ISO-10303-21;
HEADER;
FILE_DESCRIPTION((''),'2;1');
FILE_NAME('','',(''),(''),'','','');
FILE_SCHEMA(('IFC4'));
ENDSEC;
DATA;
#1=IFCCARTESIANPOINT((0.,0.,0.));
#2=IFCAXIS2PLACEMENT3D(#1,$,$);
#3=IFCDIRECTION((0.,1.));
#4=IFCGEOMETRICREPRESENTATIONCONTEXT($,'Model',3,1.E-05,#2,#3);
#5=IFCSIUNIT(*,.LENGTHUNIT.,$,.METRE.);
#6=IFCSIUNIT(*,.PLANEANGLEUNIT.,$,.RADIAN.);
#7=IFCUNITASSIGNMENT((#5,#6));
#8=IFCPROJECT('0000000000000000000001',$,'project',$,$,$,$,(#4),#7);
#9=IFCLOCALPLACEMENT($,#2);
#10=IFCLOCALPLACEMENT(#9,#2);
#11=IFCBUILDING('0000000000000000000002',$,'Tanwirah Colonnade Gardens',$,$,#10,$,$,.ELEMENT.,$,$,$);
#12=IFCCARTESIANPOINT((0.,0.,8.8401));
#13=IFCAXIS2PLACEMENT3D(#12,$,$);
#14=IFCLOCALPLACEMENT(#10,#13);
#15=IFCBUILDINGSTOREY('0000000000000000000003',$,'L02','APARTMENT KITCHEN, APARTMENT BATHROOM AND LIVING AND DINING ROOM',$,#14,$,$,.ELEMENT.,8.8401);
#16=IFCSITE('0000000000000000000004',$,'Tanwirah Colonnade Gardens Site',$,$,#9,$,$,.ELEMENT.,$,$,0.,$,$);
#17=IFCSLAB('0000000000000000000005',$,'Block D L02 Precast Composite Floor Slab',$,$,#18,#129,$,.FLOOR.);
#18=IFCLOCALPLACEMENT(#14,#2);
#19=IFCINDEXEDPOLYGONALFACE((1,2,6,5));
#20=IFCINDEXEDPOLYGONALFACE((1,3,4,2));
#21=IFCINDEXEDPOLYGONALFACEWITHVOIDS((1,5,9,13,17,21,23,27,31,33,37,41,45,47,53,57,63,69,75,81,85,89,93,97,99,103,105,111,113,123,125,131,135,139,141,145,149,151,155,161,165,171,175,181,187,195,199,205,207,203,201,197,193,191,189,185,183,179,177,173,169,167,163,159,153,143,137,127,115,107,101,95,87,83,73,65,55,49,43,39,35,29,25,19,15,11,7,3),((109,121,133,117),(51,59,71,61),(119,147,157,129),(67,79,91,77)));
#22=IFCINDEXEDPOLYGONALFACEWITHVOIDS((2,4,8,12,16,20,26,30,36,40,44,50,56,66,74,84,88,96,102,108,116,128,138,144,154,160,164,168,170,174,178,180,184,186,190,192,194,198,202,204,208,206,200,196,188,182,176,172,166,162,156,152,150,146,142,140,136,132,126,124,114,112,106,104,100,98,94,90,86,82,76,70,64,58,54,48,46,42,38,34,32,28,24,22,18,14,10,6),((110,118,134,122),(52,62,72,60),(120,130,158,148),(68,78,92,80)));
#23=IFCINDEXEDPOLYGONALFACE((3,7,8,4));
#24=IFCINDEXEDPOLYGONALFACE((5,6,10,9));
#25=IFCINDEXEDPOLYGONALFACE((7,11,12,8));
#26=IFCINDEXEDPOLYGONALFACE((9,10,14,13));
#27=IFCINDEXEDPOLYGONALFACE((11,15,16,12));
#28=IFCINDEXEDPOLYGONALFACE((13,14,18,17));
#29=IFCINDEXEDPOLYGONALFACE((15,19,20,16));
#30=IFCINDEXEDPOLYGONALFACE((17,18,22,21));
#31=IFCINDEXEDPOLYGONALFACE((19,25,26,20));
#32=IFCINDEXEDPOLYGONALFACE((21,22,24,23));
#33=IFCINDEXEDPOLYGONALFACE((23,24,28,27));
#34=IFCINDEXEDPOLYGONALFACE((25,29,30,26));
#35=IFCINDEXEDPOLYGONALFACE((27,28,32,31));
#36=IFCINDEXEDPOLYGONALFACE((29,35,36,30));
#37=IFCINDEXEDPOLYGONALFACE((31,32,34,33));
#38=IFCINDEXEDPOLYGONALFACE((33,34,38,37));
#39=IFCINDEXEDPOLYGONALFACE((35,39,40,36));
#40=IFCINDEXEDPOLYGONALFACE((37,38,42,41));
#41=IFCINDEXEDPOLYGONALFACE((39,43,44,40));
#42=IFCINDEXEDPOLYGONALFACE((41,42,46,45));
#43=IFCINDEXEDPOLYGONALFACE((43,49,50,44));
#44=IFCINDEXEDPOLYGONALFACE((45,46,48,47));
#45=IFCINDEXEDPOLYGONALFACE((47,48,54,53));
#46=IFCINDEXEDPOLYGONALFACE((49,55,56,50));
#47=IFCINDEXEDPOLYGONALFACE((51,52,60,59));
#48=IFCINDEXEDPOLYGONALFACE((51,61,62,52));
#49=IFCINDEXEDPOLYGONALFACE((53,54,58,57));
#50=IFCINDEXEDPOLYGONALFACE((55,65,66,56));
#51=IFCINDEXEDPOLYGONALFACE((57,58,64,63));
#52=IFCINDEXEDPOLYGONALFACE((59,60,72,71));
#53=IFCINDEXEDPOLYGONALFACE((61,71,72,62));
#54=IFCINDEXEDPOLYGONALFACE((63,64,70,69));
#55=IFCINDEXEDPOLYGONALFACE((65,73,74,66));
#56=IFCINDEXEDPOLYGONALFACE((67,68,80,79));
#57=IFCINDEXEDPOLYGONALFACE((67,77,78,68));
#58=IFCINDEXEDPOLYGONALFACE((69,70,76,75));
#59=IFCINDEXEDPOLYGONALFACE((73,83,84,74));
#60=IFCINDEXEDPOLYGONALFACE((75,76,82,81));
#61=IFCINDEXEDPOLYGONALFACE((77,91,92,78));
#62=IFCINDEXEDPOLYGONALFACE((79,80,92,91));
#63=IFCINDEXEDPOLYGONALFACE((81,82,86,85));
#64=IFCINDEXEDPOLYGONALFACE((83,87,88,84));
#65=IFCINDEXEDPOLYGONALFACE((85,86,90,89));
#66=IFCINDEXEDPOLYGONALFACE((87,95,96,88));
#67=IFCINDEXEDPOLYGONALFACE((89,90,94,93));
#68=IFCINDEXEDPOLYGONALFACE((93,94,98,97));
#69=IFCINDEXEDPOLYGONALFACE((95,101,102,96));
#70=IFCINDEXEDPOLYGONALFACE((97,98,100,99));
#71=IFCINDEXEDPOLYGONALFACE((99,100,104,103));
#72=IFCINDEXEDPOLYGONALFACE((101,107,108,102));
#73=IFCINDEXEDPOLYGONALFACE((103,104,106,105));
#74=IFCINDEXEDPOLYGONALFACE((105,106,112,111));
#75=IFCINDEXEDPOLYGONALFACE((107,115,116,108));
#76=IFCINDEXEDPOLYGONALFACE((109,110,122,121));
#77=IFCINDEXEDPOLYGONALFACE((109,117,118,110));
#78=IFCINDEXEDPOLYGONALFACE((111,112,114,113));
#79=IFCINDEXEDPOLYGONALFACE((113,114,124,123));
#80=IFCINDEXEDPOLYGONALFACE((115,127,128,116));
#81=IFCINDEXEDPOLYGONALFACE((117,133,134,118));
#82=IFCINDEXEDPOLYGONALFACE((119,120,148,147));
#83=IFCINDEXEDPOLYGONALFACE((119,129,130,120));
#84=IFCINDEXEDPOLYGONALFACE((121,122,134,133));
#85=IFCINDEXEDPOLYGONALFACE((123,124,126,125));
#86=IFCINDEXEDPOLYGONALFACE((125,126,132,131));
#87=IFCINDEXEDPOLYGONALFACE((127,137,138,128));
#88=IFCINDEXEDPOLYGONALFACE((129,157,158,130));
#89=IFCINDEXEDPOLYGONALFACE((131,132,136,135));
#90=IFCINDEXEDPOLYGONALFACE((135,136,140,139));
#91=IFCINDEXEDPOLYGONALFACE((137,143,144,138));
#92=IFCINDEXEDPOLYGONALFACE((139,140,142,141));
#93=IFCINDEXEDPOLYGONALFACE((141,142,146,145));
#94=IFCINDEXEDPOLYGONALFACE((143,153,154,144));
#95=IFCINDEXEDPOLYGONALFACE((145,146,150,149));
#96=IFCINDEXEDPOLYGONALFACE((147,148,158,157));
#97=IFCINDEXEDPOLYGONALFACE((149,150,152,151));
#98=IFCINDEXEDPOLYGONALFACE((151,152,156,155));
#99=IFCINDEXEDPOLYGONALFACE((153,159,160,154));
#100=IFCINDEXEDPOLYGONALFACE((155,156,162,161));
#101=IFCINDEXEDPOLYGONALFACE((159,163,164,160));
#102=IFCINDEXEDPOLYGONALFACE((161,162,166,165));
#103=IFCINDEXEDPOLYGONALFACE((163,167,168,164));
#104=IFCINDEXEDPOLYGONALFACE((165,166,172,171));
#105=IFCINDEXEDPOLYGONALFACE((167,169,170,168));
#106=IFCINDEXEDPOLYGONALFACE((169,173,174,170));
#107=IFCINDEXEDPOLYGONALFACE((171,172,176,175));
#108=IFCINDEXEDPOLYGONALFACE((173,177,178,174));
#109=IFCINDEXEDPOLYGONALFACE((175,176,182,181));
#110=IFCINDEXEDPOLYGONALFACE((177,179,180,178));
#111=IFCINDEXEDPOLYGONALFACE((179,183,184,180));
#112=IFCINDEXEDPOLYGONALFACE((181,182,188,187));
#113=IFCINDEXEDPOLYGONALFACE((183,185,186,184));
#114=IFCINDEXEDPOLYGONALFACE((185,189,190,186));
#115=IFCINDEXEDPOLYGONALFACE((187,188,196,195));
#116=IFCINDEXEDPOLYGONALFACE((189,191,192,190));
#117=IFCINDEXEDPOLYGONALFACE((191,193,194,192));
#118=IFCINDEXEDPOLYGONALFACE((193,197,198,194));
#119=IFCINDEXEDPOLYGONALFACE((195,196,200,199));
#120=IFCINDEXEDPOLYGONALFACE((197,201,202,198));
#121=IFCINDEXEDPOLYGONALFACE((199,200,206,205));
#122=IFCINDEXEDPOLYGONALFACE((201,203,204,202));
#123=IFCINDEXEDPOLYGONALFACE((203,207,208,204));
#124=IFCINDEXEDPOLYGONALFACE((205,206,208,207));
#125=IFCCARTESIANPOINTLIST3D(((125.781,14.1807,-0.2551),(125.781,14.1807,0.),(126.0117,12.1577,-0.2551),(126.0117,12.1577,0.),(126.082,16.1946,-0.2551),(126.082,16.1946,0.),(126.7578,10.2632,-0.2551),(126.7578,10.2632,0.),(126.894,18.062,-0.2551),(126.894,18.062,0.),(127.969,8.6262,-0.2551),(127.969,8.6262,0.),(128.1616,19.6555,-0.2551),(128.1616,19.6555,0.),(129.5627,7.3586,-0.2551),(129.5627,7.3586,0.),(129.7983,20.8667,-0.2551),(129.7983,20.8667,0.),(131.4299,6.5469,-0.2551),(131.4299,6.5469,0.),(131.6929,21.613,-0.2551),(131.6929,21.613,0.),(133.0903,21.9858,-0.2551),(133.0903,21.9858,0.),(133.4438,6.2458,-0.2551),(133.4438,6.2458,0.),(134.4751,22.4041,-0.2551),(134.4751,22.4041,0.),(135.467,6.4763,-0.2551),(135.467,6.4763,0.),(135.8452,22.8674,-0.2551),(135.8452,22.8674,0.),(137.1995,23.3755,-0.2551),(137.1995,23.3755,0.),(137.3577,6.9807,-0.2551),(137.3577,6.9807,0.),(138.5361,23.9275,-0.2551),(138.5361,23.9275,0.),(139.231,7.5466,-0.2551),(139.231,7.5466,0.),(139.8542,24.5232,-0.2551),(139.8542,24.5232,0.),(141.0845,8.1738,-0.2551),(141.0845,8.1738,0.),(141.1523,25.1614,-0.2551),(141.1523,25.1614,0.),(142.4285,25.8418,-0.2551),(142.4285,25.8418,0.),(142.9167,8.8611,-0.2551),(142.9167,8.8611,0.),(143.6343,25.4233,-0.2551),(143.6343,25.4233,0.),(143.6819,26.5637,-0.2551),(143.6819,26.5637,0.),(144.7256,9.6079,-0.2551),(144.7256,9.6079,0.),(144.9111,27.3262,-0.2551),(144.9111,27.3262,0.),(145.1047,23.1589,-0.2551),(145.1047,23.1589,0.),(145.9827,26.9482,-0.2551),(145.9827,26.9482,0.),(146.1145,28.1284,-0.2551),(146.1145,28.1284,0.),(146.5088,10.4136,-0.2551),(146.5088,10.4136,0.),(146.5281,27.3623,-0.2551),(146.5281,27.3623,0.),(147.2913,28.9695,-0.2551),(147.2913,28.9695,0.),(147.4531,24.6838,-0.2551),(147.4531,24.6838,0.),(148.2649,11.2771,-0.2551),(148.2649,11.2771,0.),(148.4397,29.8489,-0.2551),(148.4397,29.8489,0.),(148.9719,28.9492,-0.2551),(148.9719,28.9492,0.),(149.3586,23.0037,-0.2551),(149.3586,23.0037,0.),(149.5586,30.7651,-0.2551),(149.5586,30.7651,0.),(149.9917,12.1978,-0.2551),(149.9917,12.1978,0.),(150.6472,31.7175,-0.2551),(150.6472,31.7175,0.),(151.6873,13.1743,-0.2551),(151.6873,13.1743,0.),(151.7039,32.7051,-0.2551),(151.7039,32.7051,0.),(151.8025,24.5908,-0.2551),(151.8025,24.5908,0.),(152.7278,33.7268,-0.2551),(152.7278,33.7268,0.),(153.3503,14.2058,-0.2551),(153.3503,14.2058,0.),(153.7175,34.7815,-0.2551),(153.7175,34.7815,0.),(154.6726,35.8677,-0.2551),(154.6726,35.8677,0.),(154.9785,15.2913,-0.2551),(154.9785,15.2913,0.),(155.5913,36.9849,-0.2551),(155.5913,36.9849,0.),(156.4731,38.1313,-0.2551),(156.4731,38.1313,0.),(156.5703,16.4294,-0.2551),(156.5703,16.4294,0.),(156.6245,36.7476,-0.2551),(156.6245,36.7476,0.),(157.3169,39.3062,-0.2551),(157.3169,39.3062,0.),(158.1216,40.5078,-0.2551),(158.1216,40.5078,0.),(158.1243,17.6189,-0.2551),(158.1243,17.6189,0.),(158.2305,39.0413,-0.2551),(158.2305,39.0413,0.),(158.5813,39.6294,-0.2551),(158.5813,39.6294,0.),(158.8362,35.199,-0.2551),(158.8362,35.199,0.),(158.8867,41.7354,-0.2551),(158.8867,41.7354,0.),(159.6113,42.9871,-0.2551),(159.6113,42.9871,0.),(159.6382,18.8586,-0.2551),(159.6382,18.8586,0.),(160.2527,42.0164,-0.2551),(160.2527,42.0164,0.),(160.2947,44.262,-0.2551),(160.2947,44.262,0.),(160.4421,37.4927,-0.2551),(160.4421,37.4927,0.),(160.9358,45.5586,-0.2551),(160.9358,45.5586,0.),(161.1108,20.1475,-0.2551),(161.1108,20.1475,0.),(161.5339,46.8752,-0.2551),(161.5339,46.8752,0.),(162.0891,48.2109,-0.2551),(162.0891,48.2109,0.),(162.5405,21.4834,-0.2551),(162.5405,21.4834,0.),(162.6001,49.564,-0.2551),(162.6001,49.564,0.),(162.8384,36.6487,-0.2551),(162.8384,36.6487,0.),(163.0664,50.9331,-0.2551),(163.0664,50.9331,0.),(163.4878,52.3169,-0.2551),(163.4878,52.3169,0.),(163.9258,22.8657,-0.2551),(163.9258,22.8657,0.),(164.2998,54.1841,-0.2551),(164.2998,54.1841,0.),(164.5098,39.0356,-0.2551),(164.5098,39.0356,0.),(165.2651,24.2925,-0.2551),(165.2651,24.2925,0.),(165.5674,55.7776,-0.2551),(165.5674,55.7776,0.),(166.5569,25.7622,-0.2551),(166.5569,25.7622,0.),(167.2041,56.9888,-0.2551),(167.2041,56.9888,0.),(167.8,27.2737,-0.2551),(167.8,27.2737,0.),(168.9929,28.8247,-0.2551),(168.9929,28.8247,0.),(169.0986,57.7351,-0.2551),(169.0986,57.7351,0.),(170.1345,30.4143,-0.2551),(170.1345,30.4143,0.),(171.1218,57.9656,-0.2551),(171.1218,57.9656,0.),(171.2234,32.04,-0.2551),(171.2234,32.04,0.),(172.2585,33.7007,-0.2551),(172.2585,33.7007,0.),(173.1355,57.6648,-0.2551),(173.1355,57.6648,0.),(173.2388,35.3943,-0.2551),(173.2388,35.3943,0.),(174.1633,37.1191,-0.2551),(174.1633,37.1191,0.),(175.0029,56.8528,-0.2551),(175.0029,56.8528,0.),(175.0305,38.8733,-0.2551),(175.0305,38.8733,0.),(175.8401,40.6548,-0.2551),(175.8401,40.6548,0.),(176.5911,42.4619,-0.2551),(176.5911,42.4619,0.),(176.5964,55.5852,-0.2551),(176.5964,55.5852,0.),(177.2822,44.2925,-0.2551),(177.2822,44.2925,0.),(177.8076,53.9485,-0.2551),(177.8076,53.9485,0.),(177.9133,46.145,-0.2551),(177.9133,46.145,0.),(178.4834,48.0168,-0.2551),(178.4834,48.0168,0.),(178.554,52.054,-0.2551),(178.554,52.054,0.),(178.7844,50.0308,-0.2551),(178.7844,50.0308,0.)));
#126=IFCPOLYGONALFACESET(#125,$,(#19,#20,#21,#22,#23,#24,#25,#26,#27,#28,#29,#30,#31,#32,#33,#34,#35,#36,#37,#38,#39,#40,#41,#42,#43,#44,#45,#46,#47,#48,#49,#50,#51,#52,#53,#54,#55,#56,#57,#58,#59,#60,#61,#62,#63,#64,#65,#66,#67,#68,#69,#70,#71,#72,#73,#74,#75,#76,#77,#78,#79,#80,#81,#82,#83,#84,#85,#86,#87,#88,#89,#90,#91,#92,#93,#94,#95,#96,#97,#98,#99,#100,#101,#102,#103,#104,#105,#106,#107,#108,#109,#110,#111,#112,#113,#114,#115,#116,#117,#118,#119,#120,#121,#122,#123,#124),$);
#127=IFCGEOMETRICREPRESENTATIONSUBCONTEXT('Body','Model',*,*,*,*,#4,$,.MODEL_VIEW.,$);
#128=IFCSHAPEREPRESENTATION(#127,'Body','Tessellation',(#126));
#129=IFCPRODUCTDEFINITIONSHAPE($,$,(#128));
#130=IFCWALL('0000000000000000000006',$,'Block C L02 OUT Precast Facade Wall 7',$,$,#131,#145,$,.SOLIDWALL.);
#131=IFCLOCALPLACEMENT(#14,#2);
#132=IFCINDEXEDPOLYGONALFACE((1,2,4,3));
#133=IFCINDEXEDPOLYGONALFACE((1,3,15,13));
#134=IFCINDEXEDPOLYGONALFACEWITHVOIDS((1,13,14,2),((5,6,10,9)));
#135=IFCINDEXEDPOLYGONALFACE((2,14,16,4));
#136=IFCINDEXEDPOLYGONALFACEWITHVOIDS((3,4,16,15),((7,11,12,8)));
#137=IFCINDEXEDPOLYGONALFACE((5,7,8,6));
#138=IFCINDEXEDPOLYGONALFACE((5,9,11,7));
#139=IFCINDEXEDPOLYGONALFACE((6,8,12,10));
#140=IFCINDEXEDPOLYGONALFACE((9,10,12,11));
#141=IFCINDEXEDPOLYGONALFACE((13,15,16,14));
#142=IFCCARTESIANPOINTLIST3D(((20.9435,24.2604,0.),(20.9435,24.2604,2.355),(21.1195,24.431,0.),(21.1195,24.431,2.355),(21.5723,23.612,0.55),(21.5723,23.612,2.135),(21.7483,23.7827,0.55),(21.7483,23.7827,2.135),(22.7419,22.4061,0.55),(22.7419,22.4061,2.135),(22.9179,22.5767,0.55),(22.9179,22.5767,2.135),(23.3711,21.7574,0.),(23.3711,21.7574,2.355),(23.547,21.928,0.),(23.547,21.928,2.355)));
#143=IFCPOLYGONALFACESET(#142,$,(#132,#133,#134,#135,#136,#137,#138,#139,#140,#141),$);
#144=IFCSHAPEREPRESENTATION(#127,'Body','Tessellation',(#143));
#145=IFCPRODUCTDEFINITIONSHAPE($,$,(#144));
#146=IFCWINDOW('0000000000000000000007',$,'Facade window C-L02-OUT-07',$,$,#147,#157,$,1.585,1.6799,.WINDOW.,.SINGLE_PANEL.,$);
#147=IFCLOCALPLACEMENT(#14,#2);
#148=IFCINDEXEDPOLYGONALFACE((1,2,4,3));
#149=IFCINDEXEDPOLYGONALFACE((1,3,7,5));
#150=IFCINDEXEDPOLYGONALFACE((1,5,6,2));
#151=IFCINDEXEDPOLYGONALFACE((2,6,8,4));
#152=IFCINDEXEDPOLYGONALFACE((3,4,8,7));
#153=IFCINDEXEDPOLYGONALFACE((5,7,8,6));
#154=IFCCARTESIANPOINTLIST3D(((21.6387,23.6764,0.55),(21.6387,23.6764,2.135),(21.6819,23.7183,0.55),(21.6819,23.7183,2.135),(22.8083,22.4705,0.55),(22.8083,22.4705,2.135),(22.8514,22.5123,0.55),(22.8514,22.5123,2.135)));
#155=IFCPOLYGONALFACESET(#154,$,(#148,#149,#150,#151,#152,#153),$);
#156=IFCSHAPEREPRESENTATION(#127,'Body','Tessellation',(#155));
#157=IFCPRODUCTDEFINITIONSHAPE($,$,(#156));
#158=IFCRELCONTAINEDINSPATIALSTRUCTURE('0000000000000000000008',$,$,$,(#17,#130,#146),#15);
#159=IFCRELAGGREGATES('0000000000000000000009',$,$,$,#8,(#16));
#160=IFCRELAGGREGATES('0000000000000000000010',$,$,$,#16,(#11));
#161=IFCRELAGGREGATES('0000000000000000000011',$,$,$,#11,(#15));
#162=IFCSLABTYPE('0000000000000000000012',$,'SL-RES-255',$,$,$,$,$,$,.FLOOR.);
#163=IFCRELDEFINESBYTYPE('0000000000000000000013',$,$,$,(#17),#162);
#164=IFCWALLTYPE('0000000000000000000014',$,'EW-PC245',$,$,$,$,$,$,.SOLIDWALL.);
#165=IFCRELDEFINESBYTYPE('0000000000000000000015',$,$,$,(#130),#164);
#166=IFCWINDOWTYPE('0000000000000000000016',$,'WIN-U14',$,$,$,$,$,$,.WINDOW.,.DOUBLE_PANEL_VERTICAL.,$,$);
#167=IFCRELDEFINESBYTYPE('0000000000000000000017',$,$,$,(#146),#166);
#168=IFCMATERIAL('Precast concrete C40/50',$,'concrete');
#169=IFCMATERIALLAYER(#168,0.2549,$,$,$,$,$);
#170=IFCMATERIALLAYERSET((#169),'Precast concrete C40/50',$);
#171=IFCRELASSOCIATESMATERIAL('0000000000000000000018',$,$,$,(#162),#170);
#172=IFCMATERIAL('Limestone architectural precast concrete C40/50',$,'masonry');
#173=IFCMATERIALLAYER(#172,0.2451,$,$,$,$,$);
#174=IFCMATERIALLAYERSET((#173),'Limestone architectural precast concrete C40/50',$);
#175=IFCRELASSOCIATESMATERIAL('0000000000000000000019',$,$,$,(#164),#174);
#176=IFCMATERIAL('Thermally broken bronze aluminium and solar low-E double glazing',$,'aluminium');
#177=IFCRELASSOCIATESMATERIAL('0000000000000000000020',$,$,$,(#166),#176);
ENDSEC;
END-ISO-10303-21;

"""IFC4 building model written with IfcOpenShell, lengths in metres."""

from ifc_helpers import new_model, si_unit, direction, frame, frame_2d, origin, place, context, subcontext, project, spatial, polyline, rectangle, outline, extrude, material, layer, layer_set, type_object, element, fill, save


model = new_model("IFC4")

# Units and contexts
model_context = context("Model", 3, precision=1e-05, world=origin(), true_north=direction((0.0, 1.0)))
body_context = subcontext(model_context, "Body", "Model", "MODEL_VIEW")
ifc_project = project(units=[si_unit("LENGTHUNIT", "METRE"), si_unit("PLANEANGLEUNIT", "RADIAN")], contexts=[model_context])

# Site, building, storey
site_placement = place(None, origin())
site = spatial("IfcSite", under=ifc_project, at=site_placement, Name="Tanwirah Colonnade Gardens Site", CompositionType="ELEMENT", RefElevation=0.0)
building_placement = place(site_placement, origin())
building = spatial("IfcBuilding", under=site, at=building_placement, Name="Tanwirah Colonnade Gardens", CompositionType="ELEMENT")
storey_placement = place(building_placement, frame((0.0, 0.0, 8.8401)))
storey = spatial("IfcBuildingStorey", under=building, at=storey_placement, Name="L02", Description="APARTMENT KITCHEN, APARTMENT BATHROOM AND LIVING AND DINING ROOM", CompositionType="ELEMENT", Elevation=8.8401)

# Shared definitions
ifc_material_1 = material(Name="Precast concrete C40/50", Category="concrete")

# Slab
ifc_layer_1 = layer(ifc_material_1, 0.2549)
ifc_layer_set_1 = layer_set([ifc_layer_1], Name="Precast concrete C40/50")
slab_type_1 = type_object("IfcSlabType", Name="SL-RES-255", PredefinedType="FLOOR", material=ifc_layer_set_1)
slab_1_placement = place(storey_placement, frame((0.0, 0.0, -0.2551)))
element("IfcSlab", 1, at=slab_1_placement, inside=storey, type_object=slab_type_1, Name="Block D L02 Precast Composite Floor Slab", PredefinedType="FLOOR", context=body_context, shape_type="SweptSolid", body=[
    extrude(outline(polyline([(134.4751, 22.4041), (133.0903, 21.9858), (131.6929, 21.613), (129.7983, 20.8667), (128.1616, 19.6555), (126.894, 18.062), (126.082, 16.1946), (125.781, 14.1807), (126.0117, 12.1577), (126.7578, 10.2632), (127.969, 8.6262), (129.5627, 7.3586), (131.4299, 6.5469), (133.4438, 6.2458), (135.467, 6.4763), (137.3577, 6.9807), (139.231, 7.5466), (141.0845, 8.1738), (142.9167, 8.8611), (144.7256, 9.6079), (146.5088, 10.4136), (148.2649, 11.2771), (149.9917, 12.1978), (151.6873, 13.1743), (153.3503, 14.2058), (154.9785, 15.2913), (156.5703, 16.4294), (158.1243, 17.6189), (159.6382, 18.8586), (161.1108, 20.1475), (162.5405, 21.4834), (163.9258, 22.8657), (165.2651, 24.2925), (166.5569, 25.7622), (167.8, 27.2737), (168.9929, 28.8247), (170.1345, 30.4143), (171.2234, 32.04), (172.2585, 33.7007), (173.2388, 35.3943), (174.1633, 37.1191), (175.0305, 38.8733), (175.8401, 40.6548), (176.5911, 42.4619), (177.2822, 44.2925), (177.9133, 46.145), (178.4834, 48.0168), (178.7844, 50.0308), (178.554, 52.054), (177.8076, 53.9485), (176.5964, 55.5852), (175.0029, 56.8528), (173.1355, 57.6648), (171.1218, 57.9656), (169.0986, 57.7351), (167.2041, 56.9888), (165.5674, 55.7776), (164.2998, 54.1841), (163.4878, 52.3169), (163.0664, 50.9331), (162.6001, 49.564), (162.0891, 48.2109), (161.5339, 46.8752), (160.9358, 45.5586), (160.2947, 44.262), (159.6113, 42.9871), (158.8867, 41.7354), (158.1216, 40.5078), (157.3169, 39.3062), (156.4731, 38.1313), (155.5913, 36.9849), (154.6726, 35.8677), (153.7175, 34.7815), (152.7278, 33.7268), (151.7039, 32.7051), (150.6472, 31.7175), (149.5586, 30.7651), (148.4397, 29.8489), (147.2913, 28.9695), (146.1145, 28.1284), (144.9111, 27.3262), (143.6819, 26.5637), (142.4285, 25.8418), (141.1523, 25.1614), (139.8542, 24.5232), (138.5361, 23.9275), (137.1995, 23.3755), (135.8452, 22.8674), (134.4751, 22.4041)]), holes=[polyline([(149.3586, 23.0037), (146.5281, 27.3623), (148.9719, 28.9492), (151.8025, 24.5908), (149.3586, 23.0037)]), polyline([(143.6343, 25.4233), (145.9827, 26.9482), (147.4531, 24.6838), (145.1047, 23.1589), (143.6343, 25.4233)]), polyline([(160.2527, 42.0164), (164.5098, 39.0356), (162.8384, 36.6487), (158.5813, 39.6294), (160.2527, 42.0164)]), polyline([(160.4421, 37.4927), (158.8362, 35.199), (156.6245, 36.7476), (158.2305, 39.0413), (160.4421, 37.4927)])]), origin(), (0.0, 0.0, 1.0), 0.2551),
])

# Wall, opening, window
ifc_material_2 = material(Name="Limestone architectural precast concrete C40/50", Category="masonry")
ifc_layer_2 = layer(ifc_material_2, 0.2451)
ifc_layer_set_2 = layer_set([ifc_layer_2], Name="Limestone architectural precast concrete C40/50")
wall_type_1 = type_object("IfcWallType", Name="EW-PC245", PredefinedType="SOLIDWALL", material=ifc_layer_set_2)
wall_1_placement = place(storey_placement, frame((21.0315, 24.3457, 0.0), z_axis=(0.0, 0.0, 1.0), x_axis=(0.696206, -0.717842, 0.0)))
wall_1 = element("IfcWall", 2, at=wall_1_placement, inside=storey, type_object=wall_type_1, Name="Block C L02 OUT Precast Facade Wall 7", PredefinedType="SOLIDWALL", context=body_context, shape_type="SweptSolid", body=[
    extrude(rectangle(XDim=3.4868, YDim=0.2451, at=frame_2d((1.7434, 0.0))), origin(), (0.0, 0.0, 1.0), 2.355),
])
opening_1_placement = place(wall_1_placement, frame((0.9033, 0.0, 0.55)))
opening_1 = element("IfcOpeningElement", 3, at=opening_1_placement, cuts=wall_1, PredefinedType="OPENING", context=body_context, shape_type="SweptSolid", body=[
    extrude(rectangle(XDim=1.6799, YDim=1.585, at=frame_2d((0.8398, 0.7925))), frame((0.0, 0.1326, 0.0), z_axis=(0.0, -1.0, 0.0), x_axis=(1.0, 0.0, 0.0)), (0.0, 0.0, 1.0), 0.2651),
])
ifc_material_3 = material(Name="Thermally broken bronze aluminium and solar low-E double glazing", Category="aluminium")
window_type_1 = type_object("IfcWindowType", Name="WIN-U14", PartitioningType="DOUBLE_PANEL_VERTICAL", PredefinedType="WINDOW", material=ifc_material_3)
window_1_placement = place(opening_1_placement, origin())
window_1 = element("IfcWindow", 4, at=window_1_placement, inside=storey, type_object=window_type_1, Name="Facade window C-L02-OUT-07", OverallHeight=1.585, OverallWidth=1.6799, PartitioningType="SINGLE_PANEL", PredefinedType="WINDOW", context=body_context, shape_type="SweptSolid", body=[
    extrude(rectangle(XDim=1.6799, YDim=1.585, at=frame_2d((0.8398, 0.7925))), frame((0.0, 0.03, 0.0), z_axis=(0.0, -1.0, 0.0), x_axis=(1.0, 0.0, 0.0)), (0.0, 0.0, 1.0), 0.0601),
])
fill(opening_1, window_1)

save(model, "model.ifc")
